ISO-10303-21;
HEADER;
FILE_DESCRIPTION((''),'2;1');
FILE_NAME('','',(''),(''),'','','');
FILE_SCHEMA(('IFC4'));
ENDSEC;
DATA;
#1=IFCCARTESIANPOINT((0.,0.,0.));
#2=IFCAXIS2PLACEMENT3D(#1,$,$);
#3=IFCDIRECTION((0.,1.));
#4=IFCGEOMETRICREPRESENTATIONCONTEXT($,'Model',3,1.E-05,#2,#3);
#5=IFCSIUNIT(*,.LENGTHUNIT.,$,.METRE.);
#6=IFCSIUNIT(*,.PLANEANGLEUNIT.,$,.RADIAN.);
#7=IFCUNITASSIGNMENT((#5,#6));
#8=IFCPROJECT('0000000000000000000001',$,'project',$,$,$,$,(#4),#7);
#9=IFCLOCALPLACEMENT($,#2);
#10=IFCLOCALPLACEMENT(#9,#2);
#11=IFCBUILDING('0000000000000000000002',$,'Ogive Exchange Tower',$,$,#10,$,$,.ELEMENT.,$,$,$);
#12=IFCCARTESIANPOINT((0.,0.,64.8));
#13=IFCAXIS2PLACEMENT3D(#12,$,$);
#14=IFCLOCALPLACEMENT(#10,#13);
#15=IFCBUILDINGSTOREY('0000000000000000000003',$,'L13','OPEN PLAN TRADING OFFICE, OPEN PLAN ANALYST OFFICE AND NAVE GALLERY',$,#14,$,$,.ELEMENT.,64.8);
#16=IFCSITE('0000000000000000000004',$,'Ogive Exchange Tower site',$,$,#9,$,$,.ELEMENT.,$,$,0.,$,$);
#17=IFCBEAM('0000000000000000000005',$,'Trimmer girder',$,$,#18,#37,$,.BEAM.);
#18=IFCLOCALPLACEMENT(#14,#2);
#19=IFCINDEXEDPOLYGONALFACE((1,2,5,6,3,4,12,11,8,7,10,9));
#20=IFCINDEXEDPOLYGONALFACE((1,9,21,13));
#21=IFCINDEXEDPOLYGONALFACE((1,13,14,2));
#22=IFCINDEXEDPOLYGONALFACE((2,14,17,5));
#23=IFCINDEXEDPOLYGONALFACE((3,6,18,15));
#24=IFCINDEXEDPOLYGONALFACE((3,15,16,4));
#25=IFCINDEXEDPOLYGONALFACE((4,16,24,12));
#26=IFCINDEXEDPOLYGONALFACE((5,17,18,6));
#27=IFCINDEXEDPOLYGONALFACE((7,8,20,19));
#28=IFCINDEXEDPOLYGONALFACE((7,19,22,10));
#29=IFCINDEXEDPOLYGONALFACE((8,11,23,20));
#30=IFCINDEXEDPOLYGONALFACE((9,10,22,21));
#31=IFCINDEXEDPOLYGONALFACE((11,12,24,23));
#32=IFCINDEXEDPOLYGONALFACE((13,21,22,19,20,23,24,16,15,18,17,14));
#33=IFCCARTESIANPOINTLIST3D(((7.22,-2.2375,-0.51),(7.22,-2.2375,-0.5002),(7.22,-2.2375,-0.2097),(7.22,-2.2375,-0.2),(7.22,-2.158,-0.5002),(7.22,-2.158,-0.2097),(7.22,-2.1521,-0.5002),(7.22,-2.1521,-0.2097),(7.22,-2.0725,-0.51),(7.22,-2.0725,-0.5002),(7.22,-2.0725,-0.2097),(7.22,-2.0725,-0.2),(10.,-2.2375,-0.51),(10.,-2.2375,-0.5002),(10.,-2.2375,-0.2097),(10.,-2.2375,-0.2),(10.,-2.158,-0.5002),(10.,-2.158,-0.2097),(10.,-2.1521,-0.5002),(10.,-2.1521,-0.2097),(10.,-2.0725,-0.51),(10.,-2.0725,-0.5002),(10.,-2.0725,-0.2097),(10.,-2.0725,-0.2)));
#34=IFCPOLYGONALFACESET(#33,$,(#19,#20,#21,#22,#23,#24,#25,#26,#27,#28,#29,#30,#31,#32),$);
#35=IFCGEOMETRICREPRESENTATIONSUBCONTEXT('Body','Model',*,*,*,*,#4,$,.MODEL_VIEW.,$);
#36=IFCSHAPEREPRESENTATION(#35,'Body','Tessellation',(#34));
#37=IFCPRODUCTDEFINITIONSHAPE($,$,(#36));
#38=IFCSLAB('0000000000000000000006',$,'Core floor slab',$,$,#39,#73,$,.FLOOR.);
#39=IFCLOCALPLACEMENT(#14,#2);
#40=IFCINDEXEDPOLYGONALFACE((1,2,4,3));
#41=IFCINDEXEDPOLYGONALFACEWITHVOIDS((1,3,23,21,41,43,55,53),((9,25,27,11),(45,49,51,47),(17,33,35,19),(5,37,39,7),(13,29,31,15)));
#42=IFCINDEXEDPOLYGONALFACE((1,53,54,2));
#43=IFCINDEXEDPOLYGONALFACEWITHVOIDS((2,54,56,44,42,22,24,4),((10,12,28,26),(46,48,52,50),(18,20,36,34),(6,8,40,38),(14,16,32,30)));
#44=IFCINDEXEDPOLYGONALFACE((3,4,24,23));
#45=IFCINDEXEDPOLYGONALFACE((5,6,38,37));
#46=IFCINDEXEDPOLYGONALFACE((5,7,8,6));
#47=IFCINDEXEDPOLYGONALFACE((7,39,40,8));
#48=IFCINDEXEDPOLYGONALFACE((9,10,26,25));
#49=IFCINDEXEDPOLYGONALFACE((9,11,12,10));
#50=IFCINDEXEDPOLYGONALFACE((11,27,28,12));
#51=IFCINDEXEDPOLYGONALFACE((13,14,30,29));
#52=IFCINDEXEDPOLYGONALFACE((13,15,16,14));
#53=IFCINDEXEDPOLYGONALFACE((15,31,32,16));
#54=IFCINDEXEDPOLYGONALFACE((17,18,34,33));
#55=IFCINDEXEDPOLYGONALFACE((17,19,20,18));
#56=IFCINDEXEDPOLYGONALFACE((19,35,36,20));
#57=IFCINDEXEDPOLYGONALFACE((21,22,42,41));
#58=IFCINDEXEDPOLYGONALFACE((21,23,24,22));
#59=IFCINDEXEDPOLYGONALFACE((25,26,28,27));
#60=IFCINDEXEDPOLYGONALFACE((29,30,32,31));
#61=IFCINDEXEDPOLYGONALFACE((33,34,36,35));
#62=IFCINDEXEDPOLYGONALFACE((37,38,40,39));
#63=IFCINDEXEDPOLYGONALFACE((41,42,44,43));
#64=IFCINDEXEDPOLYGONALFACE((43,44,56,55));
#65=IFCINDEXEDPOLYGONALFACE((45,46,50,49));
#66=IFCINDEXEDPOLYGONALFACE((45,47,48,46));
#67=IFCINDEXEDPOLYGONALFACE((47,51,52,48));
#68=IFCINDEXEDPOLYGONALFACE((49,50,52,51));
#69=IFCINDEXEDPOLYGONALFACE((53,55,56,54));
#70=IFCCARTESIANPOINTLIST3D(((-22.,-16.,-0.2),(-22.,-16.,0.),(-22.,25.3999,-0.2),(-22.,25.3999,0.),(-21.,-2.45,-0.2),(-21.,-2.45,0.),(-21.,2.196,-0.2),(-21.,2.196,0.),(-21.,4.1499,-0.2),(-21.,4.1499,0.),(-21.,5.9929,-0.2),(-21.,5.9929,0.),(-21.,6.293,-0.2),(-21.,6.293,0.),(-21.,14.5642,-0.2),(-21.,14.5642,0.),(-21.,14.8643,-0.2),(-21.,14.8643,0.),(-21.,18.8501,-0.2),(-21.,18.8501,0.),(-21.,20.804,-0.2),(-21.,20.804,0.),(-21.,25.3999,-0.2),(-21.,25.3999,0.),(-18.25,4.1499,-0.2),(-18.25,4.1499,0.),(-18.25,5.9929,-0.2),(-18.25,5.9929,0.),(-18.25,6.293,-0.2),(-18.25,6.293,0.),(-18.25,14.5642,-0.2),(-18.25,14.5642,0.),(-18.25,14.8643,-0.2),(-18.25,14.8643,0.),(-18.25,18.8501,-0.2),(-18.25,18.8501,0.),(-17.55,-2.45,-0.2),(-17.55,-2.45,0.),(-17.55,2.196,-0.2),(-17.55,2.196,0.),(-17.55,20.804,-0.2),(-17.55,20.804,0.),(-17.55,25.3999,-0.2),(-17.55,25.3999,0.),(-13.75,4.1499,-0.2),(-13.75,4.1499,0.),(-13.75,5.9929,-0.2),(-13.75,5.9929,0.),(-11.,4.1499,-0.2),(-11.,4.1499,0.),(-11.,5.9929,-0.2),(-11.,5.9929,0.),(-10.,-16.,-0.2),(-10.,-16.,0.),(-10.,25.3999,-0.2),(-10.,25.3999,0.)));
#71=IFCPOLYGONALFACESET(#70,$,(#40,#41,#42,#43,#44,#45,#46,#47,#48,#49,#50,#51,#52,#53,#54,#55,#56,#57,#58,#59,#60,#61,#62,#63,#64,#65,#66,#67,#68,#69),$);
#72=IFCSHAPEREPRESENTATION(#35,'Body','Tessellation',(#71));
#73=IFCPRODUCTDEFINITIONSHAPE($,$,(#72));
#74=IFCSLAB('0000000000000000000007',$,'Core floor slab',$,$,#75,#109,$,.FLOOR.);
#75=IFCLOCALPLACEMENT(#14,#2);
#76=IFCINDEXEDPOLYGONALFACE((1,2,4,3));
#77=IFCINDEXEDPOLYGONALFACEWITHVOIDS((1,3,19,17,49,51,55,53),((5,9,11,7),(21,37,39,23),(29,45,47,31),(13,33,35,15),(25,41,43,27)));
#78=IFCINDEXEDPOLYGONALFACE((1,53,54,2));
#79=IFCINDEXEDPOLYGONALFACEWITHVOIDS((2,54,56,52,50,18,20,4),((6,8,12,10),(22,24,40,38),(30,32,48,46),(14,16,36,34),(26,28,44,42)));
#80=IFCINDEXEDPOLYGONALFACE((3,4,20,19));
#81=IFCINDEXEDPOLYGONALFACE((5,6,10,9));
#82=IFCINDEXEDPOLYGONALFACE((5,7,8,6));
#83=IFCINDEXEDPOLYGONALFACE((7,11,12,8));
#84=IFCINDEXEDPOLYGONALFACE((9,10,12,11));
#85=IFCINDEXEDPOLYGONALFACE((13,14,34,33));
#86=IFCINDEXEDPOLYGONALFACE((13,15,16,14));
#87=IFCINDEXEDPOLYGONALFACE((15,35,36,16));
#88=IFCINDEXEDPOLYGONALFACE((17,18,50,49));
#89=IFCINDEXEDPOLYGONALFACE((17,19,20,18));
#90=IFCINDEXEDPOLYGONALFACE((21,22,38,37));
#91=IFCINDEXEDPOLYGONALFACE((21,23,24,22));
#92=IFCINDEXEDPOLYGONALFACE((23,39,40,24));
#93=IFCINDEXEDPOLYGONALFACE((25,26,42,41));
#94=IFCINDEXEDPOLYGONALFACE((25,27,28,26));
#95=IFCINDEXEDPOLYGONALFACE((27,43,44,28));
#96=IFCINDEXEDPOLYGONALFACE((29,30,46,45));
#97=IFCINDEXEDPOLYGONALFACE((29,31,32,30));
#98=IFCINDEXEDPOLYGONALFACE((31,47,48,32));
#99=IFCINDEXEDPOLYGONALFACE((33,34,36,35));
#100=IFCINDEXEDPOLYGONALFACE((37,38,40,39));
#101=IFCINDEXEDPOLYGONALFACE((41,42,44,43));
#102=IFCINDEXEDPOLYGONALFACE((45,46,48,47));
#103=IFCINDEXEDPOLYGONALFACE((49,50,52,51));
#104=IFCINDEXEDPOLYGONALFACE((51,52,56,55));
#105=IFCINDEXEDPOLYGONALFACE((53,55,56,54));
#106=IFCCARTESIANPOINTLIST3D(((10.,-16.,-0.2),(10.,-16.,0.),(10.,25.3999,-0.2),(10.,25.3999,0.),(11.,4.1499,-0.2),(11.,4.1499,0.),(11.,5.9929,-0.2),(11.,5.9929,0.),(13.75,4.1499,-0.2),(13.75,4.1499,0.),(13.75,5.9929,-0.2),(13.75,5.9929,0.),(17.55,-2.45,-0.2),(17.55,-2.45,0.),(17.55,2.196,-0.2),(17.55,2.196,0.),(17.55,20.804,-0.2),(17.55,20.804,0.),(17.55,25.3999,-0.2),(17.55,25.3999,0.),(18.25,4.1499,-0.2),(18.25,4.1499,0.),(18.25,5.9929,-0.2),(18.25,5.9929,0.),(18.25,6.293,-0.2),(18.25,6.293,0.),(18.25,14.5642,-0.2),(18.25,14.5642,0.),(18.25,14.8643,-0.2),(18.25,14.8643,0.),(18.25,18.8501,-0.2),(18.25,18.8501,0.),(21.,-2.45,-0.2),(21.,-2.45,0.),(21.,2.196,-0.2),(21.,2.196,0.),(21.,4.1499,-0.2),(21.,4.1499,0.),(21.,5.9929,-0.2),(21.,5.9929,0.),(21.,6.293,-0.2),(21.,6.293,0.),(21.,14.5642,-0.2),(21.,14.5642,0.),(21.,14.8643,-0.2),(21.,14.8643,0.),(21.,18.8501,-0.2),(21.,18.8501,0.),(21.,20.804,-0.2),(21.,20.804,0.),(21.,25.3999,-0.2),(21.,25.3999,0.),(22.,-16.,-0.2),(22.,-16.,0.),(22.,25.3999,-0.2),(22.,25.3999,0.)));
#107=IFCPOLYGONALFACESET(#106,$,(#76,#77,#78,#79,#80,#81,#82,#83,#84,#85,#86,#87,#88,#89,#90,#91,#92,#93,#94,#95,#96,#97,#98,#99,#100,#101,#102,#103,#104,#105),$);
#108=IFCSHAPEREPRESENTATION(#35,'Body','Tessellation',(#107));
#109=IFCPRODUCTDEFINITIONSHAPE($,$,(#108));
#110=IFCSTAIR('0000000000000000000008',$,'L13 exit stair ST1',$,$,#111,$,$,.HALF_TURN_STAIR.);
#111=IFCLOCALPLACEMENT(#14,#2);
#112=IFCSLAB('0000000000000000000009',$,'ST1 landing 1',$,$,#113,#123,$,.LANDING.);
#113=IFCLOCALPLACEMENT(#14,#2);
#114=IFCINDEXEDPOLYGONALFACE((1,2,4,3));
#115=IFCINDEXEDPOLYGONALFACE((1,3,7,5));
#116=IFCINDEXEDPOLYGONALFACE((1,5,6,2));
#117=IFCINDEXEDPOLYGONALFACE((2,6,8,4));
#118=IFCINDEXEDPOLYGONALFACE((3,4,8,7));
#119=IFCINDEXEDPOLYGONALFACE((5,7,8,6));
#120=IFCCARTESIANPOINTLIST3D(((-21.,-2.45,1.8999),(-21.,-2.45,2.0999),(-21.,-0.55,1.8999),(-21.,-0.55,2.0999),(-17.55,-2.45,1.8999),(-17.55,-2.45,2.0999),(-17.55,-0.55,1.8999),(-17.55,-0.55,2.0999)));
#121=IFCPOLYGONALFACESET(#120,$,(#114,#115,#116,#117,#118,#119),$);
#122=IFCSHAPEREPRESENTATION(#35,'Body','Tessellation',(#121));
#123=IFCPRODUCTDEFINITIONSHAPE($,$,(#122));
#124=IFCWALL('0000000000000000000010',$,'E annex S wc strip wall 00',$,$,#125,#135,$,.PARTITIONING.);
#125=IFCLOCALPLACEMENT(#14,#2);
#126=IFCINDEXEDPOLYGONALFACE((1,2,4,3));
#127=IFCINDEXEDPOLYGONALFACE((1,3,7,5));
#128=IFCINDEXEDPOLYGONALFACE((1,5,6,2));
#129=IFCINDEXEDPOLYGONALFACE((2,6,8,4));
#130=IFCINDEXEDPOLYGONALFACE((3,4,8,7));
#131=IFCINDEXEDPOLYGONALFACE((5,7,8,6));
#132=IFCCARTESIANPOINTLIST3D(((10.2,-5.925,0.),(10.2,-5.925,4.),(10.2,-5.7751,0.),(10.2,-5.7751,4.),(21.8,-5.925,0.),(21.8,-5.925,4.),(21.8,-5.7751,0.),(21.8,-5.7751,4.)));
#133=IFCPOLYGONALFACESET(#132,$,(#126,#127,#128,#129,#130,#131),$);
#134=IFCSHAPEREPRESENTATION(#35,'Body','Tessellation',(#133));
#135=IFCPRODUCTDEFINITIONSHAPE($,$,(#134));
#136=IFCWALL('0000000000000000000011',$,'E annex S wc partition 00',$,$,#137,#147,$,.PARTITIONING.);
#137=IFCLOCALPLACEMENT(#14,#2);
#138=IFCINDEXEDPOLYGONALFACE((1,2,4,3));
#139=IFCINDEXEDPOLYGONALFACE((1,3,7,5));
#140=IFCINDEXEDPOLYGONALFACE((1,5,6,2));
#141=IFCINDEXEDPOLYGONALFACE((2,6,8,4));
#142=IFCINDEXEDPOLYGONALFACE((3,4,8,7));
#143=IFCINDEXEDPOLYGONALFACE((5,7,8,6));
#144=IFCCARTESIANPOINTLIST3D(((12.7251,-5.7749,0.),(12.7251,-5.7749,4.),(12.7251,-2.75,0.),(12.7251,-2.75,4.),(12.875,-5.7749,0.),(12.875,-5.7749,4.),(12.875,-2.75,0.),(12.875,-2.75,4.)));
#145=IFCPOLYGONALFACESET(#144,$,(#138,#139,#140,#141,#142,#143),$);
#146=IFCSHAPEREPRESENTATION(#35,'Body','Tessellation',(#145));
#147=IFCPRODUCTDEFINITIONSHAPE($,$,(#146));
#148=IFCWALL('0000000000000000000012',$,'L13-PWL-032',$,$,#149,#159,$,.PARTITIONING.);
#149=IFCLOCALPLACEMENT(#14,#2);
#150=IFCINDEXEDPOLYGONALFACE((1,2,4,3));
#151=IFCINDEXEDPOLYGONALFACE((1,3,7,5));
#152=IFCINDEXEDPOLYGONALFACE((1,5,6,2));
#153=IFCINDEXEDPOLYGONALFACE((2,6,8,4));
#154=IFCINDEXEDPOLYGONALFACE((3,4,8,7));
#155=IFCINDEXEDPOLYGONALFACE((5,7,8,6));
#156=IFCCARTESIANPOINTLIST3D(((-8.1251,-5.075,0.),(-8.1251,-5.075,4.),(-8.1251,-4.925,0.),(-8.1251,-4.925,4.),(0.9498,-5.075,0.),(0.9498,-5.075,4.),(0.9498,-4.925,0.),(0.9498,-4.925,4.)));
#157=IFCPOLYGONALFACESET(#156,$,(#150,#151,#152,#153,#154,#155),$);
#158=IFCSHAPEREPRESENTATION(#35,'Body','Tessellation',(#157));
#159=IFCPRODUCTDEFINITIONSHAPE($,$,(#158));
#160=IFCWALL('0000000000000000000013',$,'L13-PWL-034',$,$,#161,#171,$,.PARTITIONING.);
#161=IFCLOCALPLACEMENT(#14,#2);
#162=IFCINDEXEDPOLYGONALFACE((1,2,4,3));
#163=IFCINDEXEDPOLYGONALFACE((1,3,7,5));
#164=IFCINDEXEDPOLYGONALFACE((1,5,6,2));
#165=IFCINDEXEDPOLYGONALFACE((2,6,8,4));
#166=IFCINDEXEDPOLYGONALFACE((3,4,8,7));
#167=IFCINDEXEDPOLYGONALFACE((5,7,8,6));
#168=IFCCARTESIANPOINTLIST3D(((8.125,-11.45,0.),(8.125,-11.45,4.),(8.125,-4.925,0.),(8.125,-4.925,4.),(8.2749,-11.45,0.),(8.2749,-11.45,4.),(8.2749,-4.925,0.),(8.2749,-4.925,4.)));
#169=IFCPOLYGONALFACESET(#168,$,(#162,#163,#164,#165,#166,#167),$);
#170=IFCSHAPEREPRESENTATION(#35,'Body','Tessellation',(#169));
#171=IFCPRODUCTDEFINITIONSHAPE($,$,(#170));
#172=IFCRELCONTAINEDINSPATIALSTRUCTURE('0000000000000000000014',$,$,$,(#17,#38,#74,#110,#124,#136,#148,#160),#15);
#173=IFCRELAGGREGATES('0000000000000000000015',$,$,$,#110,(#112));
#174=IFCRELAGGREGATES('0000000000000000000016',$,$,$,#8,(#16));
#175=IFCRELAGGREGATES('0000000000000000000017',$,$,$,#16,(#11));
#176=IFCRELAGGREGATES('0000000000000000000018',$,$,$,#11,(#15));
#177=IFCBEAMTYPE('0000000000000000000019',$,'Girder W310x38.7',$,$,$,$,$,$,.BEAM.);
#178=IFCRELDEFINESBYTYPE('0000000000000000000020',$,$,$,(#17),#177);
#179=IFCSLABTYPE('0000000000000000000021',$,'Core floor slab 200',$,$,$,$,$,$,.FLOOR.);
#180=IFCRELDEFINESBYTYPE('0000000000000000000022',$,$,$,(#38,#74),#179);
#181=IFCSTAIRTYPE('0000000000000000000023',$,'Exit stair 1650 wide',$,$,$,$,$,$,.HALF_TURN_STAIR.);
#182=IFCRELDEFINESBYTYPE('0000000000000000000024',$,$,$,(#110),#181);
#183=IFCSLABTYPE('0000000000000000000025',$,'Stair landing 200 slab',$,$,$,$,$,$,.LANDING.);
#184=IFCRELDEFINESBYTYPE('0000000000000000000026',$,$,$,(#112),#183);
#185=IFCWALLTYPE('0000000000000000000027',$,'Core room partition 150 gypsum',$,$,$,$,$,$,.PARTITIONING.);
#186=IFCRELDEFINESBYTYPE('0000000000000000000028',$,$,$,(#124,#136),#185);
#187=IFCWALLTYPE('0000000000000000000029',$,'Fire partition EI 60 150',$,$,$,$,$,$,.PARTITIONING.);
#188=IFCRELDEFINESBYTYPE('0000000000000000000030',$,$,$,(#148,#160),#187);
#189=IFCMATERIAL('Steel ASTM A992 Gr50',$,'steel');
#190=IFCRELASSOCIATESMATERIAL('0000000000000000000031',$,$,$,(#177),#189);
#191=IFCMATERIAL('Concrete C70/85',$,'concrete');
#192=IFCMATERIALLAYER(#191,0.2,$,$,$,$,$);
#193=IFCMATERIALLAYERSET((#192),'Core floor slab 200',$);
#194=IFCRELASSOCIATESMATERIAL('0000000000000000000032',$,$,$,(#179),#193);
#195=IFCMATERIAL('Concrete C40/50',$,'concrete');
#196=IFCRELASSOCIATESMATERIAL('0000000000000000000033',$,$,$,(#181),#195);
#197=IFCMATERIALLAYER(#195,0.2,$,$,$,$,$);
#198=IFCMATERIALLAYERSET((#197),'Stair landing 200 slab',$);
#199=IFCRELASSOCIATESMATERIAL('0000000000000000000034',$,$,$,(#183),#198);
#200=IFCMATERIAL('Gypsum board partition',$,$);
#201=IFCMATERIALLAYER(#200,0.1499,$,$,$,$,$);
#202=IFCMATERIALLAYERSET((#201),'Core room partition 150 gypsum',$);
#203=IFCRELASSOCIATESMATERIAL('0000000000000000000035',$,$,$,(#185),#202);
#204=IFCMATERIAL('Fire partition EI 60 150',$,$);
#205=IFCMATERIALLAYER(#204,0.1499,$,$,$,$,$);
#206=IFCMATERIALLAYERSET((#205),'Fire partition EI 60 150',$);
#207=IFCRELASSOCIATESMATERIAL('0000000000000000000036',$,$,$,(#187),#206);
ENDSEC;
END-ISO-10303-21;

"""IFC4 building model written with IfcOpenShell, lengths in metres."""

from ifc_helpers import new_model, si_unit, direction, frame, frame_2d, origin, origin_2d, place, context, subcontext, project, spatial, polyline, rectangle, i_section, outline, extrude, material, layer, layer_set, material_profile, profile_set, type_object, element, aggregate, save


model = new_model("IFC4")

# Units and contexts
model_context = context("Model", 3, precision=1e-05, world=origin(), true_north=direction((0.0, 1.0)))
body_context = subcontext(model_context, "Body", "Model", "MODEL_VIEW")
ifc_project = project(units=[si_unit("LENGTHUNIT", "METRE"), si_unit("PLANEANGLEUNIT", "RADIAN")], contexts=[model_context])

# Site, building, storey
site_placement = place(None, origin())
site = spatial("IfcSite", under=ifc_project, at=site_placement, Name="Ogive Exchange Tower site", CompositionType="ELEMENT", RefElevation=0.0)
building_placement = place(site_placement, origin())
building = spatial("IfcBuilding", under=site, at=building_placement, Name="Ogive Exchange Tower", CompositionType="ELEMENT")
storey_placement = place(building_placement, frame((0.0, 0.0, 64.8)))
storey = spatial("IfcBuildingStorey", under=building, at=storey_placement, Name="L13", Description="OPEN PLAN TRADING OFFICE, OPEN PLAN ANALYST OFFICE AND NAVE GALLERY", CompositionType="ELEMENT", Elevation=64.8)

# Beam
ifc_material_1 = material(Name="Steel ASTM A992 Gr50", Category="steel")
ifc_material_profile = material_profile(ifc_material_1, i_section(OverallWidth=0.165, OverallDepth=0.3101, WebThickness=0.0059, FlangeThickness=0.0098, at=origin_2d()), Name="W310x38.7")
ifc_profile_set = profile_set([ifc_material_profile], Name="Steel ASTM A992 Gr50")
beam_type = type_object("IfcBeamType", Name="Girder W310x38.7", PredefinedType="BEAM", material=ifc_profile_set)
beam_placement = place(storey_placement, frame((7.22, -2.155, -0.355), z_axis=(1.0, 0.0, 0.0), x_axis=(0.0, 1.0, 0.0)))
element("IfcBeam", 1, at=beam_placement, inside=storey, type_object=beam_type, Name="Trimmer girder", PredefinedType="BEAM", context=body_context, shape_type="SweptSolid", body=[
    extrude(i_section(OverallWidth=0.165, OverallDepth=0.3101, WebThickness=0.0059, FlangeThickness=0.0098, at=origin_2d()), origin(), (0.0, 0.0, 1.0), 2.78),
])

# Slabs
ifc_material_2 = material(Name="Concrete C70/85", Category="concrete")
ifc_layer_1 = layer(ifc_material_2, 0.2)
ifc_layer_set_1 = layer_set([ifc_layer_1], Name="Core floor slab 200")
slab_type_1 = type_object("IfcSlabType", Name="Core floor slab 200", PredefinedType="FLOOR", material=ifc_layer_set_1)
slab_1_placement = place(storey_placement, frame((0.0, 0.0, -0.2)))
element("IfcSlab", 2, at=slab_1_placement, inside=storey, type_object=slab_type_1, Name="Core floor slab", PredefinedType="FLOOR", context=body_context, shape_type="SweptSolid", body=[
    extrude(outline(polyline([(-10.0, 25.3999), (-10.0, -16.0), (-22.0, -16.0), (-22.0, 25.3999), (-21.0, 25.3999), (-21.0, 20.804), (-17.55, 20.804), (-17.55, 25.3999), (-10.0, 25.3999)]), holes=[polyline([(-17.55, 2.196), (-21.0, 2.196), (-21.0, -2.45), (-17.55, -2.45), (-17.55, 2.196)]), polyline([(-18.25, 5.9929), (-21.0, 5.9929), (-21.0, 4.1499), (-18.25, 4.1499), (-18.25, 5.9929)]), polyline([(-11.0, 5.9929), (-13.75, 5.9929), (-13.75, 4.1499), (-11.0, 4.1499), (-11.0, 5.9929)]), polyline([(-21.0, 14.5642), (-21.0, 6.293), (-18.25, 6.293), (-18.25, 14.5642), (-21.0, 14.5642)]), polyline([(-18.25, 18.8501), (-21.0, 18.8501), (-21.0, 14.8643), (-18.25, 14.8643), (-18.25, 18.8501)])]), origin(), (0.0, 0.0, 1.0), 0.2),
])
slab_2_placement = place(storey_placement, frame((0.0, 0.0, -0.2)))
element("IfcSlab", 3, at=slab_2_placement, inside=storey, type_object=slab_type_1, Name="Core floor slab", PredefinedType="FLOOR", context=body_context, shape_type="SweptSolid", body=[
    extrude(outline(polyline([(22.0, 25.3999), (22.0, -16.0), (10.0, -16.0), (10.0, 25.3999), (17.55, 25.3999), (17.55, 20.804), (21.0, 20.804), (21.0, 25.3999), (22.0, 25.3999)]), holes=[polyline([(21.0, 2.196), (17.55, 2.196), (17.55, -2.45), (21.0, -2.45), (21.0, 2.196)]), polyline([(13.75, 5.9929), (11.0, 5.9929), (11.0, 4.1499), (13.75, 4.1499), (13.75, 5.9929)]), polyline([(21.0, 5.9929), (18.25, 5.9929), (18.25, 4.1499), (21.0, 4.1499), (21.0, 5.9929)]), polyline([(18.25, 14.5642), (18.25, 6.293), (21.0, 6.293), (21.0, 14.5642), (18.25, 14.5642)]), polyline([(21.0, 18.8501), (18.25, 18.8501), (18.25, 14.8643), (21.0, 14.8643), (21.0, 18.8501)])]), origin(), (0.0, 0.0, 1.0), 0.2),
])

# Stair, slab
ifc_material_3 = material(Name="Concrete C40/50", Category="concrete")
stair_type = type_object("IfcStairType", Name="Exit stair 1650 wide", PredefinedType="HALF_TURN_STAIR", material=ifc_material_3)
stair_placement = place(storey_placement, origin())
stair = element("IfcStair", 4, at=stair_placement, inside=storey, type_object=stair_type, Name="L13 exit stair ST1", PredefinedType="HALF_TURN_STAIR")
ifc_layer_2 = layer(ifc_material_3, 0.2)
ifc_layer_set_2 = layer_set([ifc_layer_2], Name="Stair landing 200 slab")
slab_type_2 = type_object("IfcSlabType", Name="Stair landing 200 slab", PredefinedType="LANDING", material=ifc_layer_set_2)
slab_3_placement = place(storey_placement, frame((0.0, 0.0, 1.8999)))
slab_3 = element("IfcSlab", 5, at=slab_3_placement, type_object=slab_type_2, Name="ST1 landing 1", PredefinedType="LANDING", context=body_context, shape_type="SweptSolid", body=[
    extrude(outline(polyline([(-21.0, -0.55), (-21.0, -2.45), (-17.55, -2.45), (-17.55, -0.55), (-21.0, -0.55)])), origin(), (0.0, 0.0, 1.0), 0.2),
])
aggregate(stair, [slab_3])

# Walls
ifc_material_4 = material(Name="Gypsum board partition")
ifc_layer_3 = layer(ifc_material_4, 0.1499)
ifc_layer_set_3 = layer_set([ifc_layer_3], Name="Core room partition 150 gypsum")
wall_type_1 = type_object("IfcWallType", Name="Core room partition 150 gypsum", PredefinedType="PARTITIONING", material=ifc_layer_set_3)
wall_1_placement = place(storey_placement, frame((10.2, -5.8501, 0.0), z_axis=(0.0, 0.0, 1.0), x_axis=(1.0, 0.0, 0.0)))
element("IfcWall", 6, at=wall_1_placement, inside=storey, type_object=wall_type_1, Name="E annex S wc strip wall 00", PredefinedType="PARTITIONING", context=body_context, shape_type="SweptSolid", body=[
    extrude(rectangle(XDim=11.6001, YDim=0.1499, at=frame_2d((5.8, 0.0))), origin(), (0.0, 0.0, 1.0), 4.0),
])
wall_2_placement = place(storey_placement, frame((12.8, -5.7749, 0.0), z_axis=(0.0, 0.0, 1.0), x_axis=(0.0, 1.0, 0.0)))
element("IfcWall", 7, at=wall_2_placement, inside=storey, type_object=wall_type_1, Name="E annex S wc partition 00", PredefinedType="PARTITIONING", context=body_context, shape_type="SweptSolid", body=[
    extrude(rectangle(XDim=3.0249, YDim=0.1499, at=frame_2d((1.5125, 0.0))), origin(), (0.0, 0.0, 1.0), 4.0),
])
ifc_material_5 = material(Name="Fire partition EI 60 150")
ifc_layer_4 = layer(ifc_material_5, 0.1499)
ifc_layer_set_4 = layer_set([ifc_layer_4], Name="Fire partition EI 60 150")
wall_type_2 = type_object("IfcWallType", Name="Fire partition EI 60 150", PredefinedType="PARTITIONING", material=ifc_layer_set_4)
wall_3_placement = place(storey_placement, frame((0.95, -5.0, 0.0), z_axis=(0.0, 0.0, 1.0), x_axis=(-1.0, 0.0, 0.0)))
element("IfcWall", 8, at=wall_3_placement, inside=storey, type_object=wall_type_2, Name="L13-PWL-032", PredefinedType="PARTITIONING", context=body_context, shape_type="SweptSolid", body=[
    extrude(rectangle(XDim=9.075, YDim=0.1499, at=frame_2d((4.5376, 0.0))), origin(), (0.0, 0.0, 1.0), 4.0),
])
wall_4_placement = place(storey_placement, frame((8.2, -11.45, 0.0), z_axis=(0.0, 0.0, 1.0), x_axis=(0.0, 1.0, 0.0)))
element("IfcWall", 9, at=wall_4_placement, inside=storey, type_object=wall_type_2, Name="L13-PWL-034", PredefinedType="PARTITIONING", context=body_context, shape_type="SweptSolid", body=[
    extrude(rectangle(XDim=6.5249, YDim=0.1499, at=frame_2d((3.2625, 0.0))), origin(), (0.0, 0.0, 1.0), 4.0),
])

save(model, "model.ifc")
